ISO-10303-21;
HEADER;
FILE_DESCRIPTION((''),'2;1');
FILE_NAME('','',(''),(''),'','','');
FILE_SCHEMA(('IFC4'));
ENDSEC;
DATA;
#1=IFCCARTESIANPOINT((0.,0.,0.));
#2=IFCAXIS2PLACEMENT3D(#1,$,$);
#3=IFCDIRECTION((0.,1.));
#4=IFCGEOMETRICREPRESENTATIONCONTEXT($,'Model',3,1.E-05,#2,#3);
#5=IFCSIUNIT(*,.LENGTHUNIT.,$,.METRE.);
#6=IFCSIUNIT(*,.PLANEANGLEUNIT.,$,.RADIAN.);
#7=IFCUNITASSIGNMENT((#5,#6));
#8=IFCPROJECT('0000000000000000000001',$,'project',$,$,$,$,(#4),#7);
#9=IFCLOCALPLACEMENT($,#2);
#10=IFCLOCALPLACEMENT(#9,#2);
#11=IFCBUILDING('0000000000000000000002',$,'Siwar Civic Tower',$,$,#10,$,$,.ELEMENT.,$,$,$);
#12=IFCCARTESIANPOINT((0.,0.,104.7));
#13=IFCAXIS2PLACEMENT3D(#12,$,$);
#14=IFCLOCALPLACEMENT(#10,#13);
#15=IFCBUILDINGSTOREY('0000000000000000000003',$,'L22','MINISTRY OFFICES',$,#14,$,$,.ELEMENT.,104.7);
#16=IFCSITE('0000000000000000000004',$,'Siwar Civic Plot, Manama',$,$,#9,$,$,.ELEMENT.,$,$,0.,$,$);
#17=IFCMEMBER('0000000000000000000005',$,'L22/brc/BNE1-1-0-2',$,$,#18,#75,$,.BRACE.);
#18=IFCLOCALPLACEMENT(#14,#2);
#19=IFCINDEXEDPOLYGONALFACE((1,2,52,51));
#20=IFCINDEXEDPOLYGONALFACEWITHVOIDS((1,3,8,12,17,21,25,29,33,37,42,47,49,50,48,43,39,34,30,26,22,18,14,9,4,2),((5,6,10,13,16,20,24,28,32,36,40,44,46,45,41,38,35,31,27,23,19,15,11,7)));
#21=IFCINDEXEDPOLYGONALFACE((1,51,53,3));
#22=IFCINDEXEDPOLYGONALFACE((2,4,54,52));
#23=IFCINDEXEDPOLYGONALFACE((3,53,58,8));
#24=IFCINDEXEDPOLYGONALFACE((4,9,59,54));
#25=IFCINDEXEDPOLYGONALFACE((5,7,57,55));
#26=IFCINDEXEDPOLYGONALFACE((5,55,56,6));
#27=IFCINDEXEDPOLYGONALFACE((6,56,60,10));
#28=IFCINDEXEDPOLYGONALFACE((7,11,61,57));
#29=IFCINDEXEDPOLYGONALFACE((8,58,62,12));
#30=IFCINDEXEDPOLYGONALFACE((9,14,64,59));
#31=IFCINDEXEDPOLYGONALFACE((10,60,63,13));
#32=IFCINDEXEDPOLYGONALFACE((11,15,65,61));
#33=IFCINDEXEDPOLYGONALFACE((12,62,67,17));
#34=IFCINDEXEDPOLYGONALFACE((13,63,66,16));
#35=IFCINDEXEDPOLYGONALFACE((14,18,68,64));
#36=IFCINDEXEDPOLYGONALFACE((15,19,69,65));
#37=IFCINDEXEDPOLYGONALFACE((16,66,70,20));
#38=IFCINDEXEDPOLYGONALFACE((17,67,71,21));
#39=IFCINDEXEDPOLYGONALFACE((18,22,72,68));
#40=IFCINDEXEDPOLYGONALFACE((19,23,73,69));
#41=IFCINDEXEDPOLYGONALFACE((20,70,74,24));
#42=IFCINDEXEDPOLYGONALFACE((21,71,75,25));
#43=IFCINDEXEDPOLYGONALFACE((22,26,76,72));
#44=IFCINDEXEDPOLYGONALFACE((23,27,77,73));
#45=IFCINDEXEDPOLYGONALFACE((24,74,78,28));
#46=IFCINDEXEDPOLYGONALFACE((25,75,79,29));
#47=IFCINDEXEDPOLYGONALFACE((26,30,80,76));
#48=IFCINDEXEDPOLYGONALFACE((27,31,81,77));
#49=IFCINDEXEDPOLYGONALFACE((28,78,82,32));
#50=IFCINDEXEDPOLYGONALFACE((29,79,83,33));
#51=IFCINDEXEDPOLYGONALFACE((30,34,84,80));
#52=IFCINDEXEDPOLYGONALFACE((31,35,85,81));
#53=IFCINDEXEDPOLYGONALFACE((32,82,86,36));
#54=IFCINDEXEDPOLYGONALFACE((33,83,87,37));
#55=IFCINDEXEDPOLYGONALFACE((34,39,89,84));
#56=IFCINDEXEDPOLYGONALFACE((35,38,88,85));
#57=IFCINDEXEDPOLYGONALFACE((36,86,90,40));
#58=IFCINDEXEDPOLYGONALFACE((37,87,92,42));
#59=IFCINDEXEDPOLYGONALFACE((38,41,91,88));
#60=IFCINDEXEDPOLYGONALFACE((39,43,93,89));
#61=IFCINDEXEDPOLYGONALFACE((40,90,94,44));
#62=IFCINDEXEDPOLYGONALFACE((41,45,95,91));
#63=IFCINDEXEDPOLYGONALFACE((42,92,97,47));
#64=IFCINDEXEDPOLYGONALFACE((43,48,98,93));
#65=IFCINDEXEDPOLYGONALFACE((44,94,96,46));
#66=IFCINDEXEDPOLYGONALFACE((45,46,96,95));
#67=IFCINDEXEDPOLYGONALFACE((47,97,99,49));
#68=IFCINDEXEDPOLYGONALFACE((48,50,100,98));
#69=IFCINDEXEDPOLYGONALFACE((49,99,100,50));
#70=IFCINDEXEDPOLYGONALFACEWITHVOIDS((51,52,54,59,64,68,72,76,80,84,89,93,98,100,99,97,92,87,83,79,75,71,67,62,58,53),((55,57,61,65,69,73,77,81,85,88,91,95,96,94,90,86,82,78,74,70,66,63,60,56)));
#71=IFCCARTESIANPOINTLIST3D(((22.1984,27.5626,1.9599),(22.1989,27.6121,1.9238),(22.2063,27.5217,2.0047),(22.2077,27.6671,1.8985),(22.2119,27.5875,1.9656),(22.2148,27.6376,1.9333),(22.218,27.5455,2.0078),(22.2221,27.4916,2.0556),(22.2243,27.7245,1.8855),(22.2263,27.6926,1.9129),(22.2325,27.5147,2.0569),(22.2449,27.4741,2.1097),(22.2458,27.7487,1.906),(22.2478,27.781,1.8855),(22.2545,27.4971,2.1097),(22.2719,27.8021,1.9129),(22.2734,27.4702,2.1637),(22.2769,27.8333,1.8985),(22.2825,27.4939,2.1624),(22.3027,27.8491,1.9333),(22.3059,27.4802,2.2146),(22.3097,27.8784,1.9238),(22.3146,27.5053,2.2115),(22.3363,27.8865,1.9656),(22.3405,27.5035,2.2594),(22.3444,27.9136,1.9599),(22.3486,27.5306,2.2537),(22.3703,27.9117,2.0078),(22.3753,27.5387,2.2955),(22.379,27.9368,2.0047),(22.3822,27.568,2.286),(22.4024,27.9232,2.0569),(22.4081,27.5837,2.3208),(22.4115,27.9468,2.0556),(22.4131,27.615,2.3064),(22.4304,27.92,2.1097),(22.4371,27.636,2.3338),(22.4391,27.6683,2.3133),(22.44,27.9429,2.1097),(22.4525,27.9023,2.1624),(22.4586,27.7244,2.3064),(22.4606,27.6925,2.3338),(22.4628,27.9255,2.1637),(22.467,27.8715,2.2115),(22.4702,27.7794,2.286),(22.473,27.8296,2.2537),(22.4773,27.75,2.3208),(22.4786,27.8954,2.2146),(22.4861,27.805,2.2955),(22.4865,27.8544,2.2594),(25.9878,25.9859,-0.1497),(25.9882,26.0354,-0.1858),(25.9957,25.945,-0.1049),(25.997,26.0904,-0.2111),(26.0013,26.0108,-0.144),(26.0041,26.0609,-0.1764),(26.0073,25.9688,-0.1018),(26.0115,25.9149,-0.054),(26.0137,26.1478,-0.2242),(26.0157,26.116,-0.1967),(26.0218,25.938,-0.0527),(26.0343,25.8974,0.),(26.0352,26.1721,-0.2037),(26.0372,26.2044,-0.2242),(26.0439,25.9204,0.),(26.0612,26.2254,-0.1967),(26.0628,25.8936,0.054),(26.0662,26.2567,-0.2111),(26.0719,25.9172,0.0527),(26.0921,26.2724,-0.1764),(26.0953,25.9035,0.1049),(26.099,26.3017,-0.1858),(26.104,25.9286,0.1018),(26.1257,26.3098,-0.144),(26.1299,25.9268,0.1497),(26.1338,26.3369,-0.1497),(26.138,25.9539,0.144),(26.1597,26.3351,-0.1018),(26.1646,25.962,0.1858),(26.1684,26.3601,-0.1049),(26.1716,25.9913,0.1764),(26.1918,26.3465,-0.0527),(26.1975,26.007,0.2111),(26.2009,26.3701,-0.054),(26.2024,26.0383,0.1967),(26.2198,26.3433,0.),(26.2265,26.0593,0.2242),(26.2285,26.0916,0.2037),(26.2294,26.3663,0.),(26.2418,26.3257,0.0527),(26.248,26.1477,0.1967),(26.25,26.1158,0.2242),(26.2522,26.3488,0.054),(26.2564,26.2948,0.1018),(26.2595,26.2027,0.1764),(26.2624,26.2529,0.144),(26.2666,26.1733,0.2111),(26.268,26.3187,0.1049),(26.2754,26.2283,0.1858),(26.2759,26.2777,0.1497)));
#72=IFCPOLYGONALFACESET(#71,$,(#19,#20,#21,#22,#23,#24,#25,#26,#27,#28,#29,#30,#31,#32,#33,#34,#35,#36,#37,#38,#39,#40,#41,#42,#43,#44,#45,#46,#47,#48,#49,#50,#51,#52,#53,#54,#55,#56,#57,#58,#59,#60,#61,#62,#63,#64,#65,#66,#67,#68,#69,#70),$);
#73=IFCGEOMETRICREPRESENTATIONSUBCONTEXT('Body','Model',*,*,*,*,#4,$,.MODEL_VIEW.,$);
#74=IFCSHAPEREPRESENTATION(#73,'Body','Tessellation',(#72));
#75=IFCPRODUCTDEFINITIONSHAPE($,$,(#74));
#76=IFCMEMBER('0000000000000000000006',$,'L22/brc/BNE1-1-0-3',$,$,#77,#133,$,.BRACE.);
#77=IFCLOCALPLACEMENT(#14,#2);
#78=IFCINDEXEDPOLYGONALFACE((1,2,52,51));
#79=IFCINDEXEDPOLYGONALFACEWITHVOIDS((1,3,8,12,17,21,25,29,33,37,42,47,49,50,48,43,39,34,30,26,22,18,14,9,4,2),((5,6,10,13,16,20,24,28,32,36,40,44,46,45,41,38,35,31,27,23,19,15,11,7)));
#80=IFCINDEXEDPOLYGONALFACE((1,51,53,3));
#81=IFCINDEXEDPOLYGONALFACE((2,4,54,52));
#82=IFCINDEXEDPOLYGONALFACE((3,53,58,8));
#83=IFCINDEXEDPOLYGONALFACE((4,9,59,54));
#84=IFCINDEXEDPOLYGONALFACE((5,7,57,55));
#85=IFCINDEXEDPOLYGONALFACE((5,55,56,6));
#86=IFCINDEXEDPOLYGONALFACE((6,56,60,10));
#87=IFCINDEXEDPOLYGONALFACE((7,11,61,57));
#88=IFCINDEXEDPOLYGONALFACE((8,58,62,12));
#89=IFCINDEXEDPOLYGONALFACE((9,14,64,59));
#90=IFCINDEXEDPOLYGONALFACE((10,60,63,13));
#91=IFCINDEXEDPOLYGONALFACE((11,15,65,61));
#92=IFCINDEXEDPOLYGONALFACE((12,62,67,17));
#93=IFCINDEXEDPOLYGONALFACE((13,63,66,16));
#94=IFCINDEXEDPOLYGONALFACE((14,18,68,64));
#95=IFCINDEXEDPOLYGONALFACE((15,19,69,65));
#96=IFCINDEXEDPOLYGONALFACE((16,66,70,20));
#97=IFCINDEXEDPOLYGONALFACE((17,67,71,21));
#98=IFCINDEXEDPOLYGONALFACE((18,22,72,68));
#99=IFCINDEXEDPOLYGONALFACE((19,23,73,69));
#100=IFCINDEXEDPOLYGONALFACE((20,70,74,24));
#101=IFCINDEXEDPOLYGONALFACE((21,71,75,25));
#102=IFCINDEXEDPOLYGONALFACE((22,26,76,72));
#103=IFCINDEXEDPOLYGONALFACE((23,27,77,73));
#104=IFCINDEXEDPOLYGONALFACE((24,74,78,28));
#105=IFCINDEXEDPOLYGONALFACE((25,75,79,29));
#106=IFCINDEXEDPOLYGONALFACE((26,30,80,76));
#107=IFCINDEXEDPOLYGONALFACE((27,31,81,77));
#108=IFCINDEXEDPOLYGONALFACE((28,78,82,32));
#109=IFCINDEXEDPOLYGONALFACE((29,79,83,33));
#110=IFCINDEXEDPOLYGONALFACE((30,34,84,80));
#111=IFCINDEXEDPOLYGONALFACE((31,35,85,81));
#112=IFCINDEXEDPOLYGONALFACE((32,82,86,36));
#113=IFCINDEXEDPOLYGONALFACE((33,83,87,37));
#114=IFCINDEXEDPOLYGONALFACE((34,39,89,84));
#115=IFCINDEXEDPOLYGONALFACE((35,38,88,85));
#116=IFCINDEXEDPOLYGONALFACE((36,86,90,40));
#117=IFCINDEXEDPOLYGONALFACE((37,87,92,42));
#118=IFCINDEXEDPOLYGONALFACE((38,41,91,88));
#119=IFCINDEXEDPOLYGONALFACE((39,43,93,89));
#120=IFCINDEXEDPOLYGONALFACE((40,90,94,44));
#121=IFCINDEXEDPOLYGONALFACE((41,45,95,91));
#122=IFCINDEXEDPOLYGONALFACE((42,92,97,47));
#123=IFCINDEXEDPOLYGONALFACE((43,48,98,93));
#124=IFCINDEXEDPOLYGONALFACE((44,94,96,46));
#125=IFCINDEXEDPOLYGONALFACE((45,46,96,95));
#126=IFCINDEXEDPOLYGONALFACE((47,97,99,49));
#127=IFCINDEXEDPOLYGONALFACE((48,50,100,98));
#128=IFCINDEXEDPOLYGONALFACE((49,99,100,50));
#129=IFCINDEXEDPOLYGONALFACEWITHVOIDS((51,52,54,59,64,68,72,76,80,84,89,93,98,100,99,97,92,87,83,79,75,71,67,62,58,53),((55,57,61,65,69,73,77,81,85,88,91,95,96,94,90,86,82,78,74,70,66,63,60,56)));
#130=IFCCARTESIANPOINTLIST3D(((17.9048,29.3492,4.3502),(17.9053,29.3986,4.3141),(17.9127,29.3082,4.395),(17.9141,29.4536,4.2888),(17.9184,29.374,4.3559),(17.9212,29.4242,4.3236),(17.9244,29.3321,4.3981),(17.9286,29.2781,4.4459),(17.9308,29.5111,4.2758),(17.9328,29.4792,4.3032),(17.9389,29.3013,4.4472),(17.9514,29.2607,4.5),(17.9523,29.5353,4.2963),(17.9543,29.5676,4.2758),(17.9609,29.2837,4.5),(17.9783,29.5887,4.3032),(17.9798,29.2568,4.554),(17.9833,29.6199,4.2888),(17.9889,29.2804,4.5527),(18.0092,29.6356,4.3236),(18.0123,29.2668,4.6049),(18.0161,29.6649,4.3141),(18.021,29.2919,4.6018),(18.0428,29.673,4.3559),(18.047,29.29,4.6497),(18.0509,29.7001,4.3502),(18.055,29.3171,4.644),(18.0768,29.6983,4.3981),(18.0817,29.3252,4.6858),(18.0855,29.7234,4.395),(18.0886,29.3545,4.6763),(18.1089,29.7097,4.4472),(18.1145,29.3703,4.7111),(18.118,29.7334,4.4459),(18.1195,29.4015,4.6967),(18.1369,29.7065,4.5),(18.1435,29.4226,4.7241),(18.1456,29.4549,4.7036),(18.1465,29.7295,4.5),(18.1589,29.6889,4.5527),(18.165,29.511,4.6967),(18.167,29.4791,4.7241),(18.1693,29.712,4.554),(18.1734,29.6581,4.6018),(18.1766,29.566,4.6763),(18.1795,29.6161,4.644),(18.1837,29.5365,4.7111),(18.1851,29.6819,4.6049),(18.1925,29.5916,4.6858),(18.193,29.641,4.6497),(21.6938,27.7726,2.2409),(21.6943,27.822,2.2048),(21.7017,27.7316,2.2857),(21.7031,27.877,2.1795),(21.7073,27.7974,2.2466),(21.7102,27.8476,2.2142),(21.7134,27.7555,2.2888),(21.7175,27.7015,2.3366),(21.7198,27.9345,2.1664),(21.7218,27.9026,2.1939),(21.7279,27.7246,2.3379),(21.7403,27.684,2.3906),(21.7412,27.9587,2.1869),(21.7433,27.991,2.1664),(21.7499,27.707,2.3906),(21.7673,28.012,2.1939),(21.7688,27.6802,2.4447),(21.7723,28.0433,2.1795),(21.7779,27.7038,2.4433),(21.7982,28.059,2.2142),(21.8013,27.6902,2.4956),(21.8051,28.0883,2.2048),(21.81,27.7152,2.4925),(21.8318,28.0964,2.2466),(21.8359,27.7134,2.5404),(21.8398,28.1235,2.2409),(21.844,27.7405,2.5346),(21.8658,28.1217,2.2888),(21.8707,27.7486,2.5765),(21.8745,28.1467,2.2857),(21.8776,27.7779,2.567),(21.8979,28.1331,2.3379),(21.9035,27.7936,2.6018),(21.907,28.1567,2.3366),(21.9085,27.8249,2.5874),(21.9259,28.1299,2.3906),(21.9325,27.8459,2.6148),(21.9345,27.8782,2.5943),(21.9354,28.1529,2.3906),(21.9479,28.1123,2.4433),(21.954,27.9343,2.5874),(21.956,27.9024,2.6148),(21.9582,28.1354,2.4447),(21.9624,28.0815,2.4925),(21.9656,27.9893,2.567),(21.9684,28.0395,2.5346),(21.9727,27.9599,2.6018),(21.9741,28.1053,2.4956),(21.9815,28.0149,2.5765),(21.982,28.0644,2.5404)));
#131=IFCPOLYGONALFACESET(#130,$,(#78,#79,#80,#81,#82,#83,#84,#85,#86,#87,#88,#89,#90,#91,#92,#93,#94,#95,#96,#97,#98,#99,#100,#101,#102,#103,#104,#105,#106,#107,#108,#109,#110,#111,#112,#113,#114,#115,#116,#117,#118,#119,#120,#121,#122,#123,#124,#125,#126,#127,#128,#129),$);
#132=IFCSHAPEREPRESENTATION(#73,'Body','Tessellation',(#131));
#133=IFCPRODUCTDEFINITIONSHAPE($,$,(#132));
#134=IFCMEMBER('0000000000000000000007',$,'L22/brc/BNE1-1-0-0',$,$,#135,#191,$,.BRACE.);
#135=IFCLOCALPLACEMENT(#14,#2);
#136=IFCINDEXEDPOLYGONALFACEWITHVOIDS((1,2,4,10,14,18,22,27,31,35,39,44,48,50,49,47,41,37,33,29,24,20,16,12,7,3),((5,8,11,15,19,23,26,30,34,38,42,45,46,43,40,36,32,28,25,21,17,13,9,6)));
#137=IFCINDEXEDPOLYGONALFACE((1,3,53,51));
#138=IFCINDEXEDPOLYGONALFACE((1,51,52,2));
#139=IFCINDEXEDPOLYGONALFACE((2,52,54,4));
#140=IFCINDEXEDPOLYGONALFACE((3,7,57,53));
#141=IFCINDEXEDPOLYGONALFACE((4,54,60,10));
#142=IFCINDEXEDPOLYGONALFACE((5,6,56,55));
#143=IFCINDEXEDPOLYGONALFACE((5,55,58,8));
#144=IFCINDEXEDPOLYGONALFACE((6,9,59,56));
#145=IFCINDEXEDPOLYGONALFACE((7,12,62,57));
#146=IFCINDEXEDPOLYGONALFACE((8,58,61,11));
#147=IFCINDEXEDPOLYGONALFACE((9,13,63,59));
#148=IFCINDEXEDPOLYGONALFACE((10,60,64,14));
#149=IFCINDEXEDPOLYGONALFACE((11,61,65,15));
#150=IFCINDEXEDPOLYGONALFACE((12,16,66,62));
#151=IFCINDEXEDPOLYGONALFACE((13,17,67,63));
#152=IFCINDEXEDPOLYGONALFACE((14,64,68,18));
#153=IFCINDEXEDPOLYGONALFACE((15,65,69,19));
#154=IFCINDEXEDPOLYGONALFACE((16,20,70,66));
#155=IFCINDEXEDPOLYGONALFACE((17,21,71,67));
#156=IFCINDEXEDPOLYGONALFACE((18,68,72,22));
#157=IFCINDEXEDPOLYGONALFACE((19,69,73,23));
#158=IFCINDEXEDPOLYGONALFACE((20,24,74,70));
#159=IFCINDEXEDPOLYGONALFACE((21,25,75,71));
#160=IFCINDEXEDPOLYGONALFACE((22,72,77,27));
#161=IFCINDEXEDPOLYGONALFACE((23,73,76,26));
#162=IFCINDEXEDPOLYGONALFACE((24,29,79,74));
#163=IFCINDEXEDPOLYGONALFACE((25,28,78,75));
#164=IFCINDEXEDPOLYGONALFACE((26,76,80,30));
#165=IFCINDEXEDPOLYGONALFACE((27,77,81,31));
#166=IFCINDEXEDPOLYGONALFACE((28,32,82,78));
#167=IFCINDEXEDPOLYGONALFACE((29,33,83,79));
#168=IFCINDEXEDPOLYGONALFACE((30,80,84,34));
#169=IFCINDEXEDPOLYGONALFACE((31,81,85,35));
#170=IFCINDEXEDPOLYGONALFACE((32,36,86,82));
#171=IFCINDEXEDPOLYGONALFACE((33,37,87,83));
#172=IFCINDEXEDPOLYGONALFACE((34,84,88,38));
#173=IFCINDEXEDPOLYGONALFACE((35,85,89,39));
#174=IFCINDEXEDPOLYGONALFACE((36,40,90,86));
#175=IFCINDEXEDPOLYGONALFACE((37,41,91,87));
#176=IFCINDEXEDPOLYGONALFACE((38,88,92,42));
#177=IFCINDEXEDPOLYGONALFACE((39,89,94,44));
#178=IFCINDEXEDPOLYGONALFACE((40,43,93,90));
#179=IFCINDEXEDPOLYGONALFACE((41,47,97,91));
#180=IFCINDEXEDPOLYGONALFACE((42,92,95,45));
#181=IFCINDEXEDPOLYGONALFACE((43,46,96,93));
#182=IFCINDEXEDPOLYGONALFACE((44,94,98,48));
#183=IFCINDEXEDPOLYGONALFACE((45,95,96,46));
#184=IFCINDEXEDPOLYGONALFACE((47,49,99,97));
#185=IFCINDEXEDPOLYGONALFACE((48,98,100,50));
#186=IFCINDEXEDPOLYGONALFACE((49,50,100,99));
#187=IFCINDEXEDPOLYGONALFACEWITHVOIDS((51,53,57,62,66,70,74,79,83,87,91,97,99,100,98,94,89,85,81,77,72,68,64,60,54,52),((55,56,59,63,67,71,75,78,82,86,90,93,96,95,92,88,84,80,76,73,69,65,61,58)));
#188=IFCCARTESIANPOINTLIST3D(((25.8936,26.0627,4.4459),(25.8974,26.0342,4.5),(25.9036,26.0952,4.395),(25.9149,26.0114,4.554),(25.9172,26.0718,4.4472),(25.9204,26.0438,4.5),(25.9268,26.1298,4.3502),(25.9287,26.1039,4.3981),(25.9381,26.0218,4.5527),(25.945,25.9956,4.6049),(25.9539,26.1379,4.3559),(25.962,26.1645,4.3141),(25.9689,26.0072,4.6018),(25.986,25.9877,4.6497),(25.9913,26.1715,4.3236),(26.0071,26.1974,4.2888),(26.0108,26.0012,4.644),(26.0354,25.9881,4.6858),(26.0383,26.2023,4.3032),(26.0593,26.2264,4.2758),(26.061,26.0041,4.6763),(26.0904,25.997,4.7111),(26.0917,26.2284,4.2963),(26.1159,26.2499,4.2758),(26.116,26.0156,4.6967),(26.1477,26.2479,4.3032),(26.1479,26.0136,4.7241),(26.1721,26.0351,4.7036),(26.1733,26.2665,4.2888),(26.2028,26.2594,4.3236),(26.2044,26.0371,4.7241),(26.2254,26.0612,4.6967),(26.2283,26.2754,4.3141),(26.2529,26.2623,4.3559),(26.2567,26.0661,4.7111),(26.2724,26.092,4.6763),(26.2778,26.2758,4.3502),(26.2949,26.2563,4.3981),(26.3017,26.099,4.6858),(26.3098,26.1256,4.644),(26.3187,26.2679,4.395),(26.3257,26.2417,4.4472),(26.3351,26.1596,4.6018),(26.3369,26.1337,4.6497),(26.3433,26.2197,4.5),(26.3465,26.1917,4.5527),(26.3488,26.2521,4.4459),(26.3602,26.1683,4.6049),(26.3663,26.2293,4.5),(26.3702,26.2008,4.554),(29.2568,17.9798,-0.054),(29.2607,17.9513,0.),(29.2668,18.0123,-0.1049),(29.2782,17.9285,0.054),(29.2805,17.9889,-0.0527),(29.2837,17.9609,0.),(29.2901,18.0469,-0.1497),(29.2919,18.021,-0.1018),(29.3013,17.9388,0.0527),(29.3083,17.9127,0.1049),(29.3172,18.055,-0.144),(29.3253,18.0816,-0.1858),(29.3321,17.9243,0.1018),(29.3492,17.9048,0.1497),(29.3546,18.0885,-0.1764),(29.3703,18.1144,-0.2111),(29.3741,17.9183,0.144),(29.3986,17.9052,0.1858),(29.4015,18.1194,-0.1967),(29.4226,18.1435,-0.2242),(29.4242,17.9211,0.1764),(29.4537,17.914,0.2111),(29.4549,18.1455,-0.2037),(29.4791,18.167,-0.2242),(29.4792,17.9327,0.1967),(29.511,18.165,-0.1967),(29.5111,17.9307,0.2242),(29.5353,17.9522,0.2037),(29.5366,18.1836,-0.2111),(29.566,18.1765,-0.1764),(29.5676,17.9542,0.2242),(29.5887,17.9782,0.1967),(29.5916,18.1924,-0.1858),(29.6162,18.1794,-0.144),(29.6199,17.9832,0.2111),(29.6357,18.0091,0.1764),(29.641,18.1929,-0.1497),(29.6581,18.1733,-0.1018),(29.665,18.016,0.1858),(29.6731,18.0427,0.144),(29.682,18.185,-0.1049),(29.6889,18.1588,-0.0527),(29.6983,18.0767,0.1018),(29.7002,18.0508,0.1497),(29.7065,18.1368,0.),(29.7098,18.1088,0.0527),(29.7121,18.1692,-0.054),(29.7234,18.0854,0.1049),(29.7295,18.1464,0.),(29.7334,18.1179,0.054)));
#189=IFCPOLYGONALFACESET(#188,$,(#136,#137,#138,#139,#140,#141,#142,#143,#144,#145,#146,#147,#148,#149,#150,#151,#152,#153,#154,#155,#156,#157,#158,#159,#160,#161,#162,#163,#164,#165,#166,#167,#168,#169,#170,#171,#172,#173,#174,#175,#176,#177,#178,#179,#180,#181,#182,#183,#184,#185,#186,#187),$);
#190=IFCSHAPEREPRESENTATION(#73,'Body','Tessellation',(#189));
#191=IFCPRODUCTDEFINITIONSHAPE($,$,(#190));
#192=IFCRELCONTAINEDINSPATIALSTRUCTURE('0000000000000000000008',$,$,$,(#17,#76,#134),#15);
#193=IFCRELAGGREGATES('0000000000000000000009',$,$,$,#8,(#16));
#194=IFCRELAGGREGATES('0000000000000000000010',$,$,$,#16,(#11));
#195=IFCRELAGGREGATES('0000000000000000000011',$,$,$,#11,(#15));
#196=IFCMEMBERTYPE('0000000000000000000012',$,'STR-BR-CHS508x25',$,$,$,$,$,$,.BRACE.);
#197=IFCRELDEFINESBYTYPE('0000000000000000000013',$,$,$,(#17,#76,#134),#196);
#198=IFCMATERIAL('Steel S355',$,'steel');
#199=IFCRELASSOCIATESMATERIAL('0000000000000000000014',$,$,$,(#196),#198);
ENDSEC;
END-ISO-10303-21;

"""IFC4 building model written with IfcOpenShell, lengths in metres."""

from ifc_helpers import new_model, si_unit, direction, frame, origin, origin_2d, place, context, subcontext, project, spatial, hollow_circle, extrude, material, material_profile, profile_set, type_object, element, save


model = new_model("IFC4")

# Units and contexts
model_context = context("Model", 3, precision=1e-05, world=origin(), true_north=direction((0.0, 1.0)))
body_context = subcontext(model_context, "Body", "Model", "MODEL_VIEW")
ifc_project = project(units=[si_unit("LENGTHUNIT", "METRE"), si_unit("PLANEANGLEUNIT", "RADIAN")], contexts=[model_context])

# Site, building, storey
site_placement = place(None, origin())
site = spatial("IfcSite", under=ifc_project, at=site_placement, Name="Siwar Civic Plot, Manama", CompositionType="ELEMENT", RefElevation=0.0)
building_placement = place(site_placement, origin())
building = spatial("IfcBuilding", under=site, at=building_placement, Name="Siwar Civic Tower", CompositionType="ELEMENT")
storey_placement = place(building_placement, frame((0.0, 0.0, 104.7)))
storey = spatial("IfcBuildingStorey", under=building, at=storey_placement, Name="L22", Description="MINISTRY OFFICES", CompositionType="ELEMENT", Elevation=104.7)

# Members
ifc_material_1 = material(Name="Steel S355", Category="steel")
ifc_material_profile_1 = material_profile(ifc_material_1, hollow_circle(Radius=0.2539, WallThickness=0.0249, at=origin_2d()), Name="CHS508x25")
ifc_profile_set_1 = profile_set([ifc_material_profile_1], Name="Steel S355")
member_type_1 = type_object("IfcMemberType", Name="STR-BR-CHS508x25", PredefinedType="BRACE", material=ifc_profile_set_1)
member_1_placement = place(storey_placement, frame((26.1318, 26.1318, 0.0), z_axis=(-0.821143, 0.341662, 0.457155), x_axis=(-0.384155, -0.923269, 0.0)))
element("IfcMember", 1, at=member_1_placement, inside=storey, type_object=member_type_1, Name="L22/brc/BNE1-1-0-2", PredefinedType="BRACE", context=body_context, shape_type="SweptSolid", body=[
    extrude(hollow_circle(Radius=0.2539, WallThickness=0.0249, at=origin_2d()), origin(), (0.0, 0.0, 1.0), 4.6147),
])
member_2_placement = place(storey_placement, frame((21.8379, 27.9185, 2.3906), z_axis=(-0.821146, 0.341686, 0.457133), x_axis=(-0.384176, -0.92326, 0.0)))
element("IfcMember", 2, at=member_2_placement, inside=storey, type_object=member_type_1, Name="L22/brc/BNE1-1-0-3", PredefinedType="BRACE", context=body_context, shape_type="SweptSolid", body=[
    extrude(hollow_circle(Radius=0.2539, WallThickness=0.0249, at=origin_2d()), origin(), (0.0, 0.0, 1.0), 4.6143),
])
member_3_placement = place(storey_placement, frame((29.4951, 18.0488, 0.0), z_axis=(-0.341671, 0.821143, 0.457149), x_axis=(-0.923265, -0.384164, 0.0)))
element("IfcMember", 3, at=member_3_placement, inside=storey, type_object=member_type_1, Name="L22/brc/BNE1-1-0-0", PredefinedType="BRACE", context=body_context, shape_type="SweptSolid", body=[
    extrude(hollow_circle(Radius=0.2539, WallThickness=0.0249, at=origin_2d()), origin(), (0.0, 0.0, 1.0), 9.8435),
])

save(model, "model.ifc")
